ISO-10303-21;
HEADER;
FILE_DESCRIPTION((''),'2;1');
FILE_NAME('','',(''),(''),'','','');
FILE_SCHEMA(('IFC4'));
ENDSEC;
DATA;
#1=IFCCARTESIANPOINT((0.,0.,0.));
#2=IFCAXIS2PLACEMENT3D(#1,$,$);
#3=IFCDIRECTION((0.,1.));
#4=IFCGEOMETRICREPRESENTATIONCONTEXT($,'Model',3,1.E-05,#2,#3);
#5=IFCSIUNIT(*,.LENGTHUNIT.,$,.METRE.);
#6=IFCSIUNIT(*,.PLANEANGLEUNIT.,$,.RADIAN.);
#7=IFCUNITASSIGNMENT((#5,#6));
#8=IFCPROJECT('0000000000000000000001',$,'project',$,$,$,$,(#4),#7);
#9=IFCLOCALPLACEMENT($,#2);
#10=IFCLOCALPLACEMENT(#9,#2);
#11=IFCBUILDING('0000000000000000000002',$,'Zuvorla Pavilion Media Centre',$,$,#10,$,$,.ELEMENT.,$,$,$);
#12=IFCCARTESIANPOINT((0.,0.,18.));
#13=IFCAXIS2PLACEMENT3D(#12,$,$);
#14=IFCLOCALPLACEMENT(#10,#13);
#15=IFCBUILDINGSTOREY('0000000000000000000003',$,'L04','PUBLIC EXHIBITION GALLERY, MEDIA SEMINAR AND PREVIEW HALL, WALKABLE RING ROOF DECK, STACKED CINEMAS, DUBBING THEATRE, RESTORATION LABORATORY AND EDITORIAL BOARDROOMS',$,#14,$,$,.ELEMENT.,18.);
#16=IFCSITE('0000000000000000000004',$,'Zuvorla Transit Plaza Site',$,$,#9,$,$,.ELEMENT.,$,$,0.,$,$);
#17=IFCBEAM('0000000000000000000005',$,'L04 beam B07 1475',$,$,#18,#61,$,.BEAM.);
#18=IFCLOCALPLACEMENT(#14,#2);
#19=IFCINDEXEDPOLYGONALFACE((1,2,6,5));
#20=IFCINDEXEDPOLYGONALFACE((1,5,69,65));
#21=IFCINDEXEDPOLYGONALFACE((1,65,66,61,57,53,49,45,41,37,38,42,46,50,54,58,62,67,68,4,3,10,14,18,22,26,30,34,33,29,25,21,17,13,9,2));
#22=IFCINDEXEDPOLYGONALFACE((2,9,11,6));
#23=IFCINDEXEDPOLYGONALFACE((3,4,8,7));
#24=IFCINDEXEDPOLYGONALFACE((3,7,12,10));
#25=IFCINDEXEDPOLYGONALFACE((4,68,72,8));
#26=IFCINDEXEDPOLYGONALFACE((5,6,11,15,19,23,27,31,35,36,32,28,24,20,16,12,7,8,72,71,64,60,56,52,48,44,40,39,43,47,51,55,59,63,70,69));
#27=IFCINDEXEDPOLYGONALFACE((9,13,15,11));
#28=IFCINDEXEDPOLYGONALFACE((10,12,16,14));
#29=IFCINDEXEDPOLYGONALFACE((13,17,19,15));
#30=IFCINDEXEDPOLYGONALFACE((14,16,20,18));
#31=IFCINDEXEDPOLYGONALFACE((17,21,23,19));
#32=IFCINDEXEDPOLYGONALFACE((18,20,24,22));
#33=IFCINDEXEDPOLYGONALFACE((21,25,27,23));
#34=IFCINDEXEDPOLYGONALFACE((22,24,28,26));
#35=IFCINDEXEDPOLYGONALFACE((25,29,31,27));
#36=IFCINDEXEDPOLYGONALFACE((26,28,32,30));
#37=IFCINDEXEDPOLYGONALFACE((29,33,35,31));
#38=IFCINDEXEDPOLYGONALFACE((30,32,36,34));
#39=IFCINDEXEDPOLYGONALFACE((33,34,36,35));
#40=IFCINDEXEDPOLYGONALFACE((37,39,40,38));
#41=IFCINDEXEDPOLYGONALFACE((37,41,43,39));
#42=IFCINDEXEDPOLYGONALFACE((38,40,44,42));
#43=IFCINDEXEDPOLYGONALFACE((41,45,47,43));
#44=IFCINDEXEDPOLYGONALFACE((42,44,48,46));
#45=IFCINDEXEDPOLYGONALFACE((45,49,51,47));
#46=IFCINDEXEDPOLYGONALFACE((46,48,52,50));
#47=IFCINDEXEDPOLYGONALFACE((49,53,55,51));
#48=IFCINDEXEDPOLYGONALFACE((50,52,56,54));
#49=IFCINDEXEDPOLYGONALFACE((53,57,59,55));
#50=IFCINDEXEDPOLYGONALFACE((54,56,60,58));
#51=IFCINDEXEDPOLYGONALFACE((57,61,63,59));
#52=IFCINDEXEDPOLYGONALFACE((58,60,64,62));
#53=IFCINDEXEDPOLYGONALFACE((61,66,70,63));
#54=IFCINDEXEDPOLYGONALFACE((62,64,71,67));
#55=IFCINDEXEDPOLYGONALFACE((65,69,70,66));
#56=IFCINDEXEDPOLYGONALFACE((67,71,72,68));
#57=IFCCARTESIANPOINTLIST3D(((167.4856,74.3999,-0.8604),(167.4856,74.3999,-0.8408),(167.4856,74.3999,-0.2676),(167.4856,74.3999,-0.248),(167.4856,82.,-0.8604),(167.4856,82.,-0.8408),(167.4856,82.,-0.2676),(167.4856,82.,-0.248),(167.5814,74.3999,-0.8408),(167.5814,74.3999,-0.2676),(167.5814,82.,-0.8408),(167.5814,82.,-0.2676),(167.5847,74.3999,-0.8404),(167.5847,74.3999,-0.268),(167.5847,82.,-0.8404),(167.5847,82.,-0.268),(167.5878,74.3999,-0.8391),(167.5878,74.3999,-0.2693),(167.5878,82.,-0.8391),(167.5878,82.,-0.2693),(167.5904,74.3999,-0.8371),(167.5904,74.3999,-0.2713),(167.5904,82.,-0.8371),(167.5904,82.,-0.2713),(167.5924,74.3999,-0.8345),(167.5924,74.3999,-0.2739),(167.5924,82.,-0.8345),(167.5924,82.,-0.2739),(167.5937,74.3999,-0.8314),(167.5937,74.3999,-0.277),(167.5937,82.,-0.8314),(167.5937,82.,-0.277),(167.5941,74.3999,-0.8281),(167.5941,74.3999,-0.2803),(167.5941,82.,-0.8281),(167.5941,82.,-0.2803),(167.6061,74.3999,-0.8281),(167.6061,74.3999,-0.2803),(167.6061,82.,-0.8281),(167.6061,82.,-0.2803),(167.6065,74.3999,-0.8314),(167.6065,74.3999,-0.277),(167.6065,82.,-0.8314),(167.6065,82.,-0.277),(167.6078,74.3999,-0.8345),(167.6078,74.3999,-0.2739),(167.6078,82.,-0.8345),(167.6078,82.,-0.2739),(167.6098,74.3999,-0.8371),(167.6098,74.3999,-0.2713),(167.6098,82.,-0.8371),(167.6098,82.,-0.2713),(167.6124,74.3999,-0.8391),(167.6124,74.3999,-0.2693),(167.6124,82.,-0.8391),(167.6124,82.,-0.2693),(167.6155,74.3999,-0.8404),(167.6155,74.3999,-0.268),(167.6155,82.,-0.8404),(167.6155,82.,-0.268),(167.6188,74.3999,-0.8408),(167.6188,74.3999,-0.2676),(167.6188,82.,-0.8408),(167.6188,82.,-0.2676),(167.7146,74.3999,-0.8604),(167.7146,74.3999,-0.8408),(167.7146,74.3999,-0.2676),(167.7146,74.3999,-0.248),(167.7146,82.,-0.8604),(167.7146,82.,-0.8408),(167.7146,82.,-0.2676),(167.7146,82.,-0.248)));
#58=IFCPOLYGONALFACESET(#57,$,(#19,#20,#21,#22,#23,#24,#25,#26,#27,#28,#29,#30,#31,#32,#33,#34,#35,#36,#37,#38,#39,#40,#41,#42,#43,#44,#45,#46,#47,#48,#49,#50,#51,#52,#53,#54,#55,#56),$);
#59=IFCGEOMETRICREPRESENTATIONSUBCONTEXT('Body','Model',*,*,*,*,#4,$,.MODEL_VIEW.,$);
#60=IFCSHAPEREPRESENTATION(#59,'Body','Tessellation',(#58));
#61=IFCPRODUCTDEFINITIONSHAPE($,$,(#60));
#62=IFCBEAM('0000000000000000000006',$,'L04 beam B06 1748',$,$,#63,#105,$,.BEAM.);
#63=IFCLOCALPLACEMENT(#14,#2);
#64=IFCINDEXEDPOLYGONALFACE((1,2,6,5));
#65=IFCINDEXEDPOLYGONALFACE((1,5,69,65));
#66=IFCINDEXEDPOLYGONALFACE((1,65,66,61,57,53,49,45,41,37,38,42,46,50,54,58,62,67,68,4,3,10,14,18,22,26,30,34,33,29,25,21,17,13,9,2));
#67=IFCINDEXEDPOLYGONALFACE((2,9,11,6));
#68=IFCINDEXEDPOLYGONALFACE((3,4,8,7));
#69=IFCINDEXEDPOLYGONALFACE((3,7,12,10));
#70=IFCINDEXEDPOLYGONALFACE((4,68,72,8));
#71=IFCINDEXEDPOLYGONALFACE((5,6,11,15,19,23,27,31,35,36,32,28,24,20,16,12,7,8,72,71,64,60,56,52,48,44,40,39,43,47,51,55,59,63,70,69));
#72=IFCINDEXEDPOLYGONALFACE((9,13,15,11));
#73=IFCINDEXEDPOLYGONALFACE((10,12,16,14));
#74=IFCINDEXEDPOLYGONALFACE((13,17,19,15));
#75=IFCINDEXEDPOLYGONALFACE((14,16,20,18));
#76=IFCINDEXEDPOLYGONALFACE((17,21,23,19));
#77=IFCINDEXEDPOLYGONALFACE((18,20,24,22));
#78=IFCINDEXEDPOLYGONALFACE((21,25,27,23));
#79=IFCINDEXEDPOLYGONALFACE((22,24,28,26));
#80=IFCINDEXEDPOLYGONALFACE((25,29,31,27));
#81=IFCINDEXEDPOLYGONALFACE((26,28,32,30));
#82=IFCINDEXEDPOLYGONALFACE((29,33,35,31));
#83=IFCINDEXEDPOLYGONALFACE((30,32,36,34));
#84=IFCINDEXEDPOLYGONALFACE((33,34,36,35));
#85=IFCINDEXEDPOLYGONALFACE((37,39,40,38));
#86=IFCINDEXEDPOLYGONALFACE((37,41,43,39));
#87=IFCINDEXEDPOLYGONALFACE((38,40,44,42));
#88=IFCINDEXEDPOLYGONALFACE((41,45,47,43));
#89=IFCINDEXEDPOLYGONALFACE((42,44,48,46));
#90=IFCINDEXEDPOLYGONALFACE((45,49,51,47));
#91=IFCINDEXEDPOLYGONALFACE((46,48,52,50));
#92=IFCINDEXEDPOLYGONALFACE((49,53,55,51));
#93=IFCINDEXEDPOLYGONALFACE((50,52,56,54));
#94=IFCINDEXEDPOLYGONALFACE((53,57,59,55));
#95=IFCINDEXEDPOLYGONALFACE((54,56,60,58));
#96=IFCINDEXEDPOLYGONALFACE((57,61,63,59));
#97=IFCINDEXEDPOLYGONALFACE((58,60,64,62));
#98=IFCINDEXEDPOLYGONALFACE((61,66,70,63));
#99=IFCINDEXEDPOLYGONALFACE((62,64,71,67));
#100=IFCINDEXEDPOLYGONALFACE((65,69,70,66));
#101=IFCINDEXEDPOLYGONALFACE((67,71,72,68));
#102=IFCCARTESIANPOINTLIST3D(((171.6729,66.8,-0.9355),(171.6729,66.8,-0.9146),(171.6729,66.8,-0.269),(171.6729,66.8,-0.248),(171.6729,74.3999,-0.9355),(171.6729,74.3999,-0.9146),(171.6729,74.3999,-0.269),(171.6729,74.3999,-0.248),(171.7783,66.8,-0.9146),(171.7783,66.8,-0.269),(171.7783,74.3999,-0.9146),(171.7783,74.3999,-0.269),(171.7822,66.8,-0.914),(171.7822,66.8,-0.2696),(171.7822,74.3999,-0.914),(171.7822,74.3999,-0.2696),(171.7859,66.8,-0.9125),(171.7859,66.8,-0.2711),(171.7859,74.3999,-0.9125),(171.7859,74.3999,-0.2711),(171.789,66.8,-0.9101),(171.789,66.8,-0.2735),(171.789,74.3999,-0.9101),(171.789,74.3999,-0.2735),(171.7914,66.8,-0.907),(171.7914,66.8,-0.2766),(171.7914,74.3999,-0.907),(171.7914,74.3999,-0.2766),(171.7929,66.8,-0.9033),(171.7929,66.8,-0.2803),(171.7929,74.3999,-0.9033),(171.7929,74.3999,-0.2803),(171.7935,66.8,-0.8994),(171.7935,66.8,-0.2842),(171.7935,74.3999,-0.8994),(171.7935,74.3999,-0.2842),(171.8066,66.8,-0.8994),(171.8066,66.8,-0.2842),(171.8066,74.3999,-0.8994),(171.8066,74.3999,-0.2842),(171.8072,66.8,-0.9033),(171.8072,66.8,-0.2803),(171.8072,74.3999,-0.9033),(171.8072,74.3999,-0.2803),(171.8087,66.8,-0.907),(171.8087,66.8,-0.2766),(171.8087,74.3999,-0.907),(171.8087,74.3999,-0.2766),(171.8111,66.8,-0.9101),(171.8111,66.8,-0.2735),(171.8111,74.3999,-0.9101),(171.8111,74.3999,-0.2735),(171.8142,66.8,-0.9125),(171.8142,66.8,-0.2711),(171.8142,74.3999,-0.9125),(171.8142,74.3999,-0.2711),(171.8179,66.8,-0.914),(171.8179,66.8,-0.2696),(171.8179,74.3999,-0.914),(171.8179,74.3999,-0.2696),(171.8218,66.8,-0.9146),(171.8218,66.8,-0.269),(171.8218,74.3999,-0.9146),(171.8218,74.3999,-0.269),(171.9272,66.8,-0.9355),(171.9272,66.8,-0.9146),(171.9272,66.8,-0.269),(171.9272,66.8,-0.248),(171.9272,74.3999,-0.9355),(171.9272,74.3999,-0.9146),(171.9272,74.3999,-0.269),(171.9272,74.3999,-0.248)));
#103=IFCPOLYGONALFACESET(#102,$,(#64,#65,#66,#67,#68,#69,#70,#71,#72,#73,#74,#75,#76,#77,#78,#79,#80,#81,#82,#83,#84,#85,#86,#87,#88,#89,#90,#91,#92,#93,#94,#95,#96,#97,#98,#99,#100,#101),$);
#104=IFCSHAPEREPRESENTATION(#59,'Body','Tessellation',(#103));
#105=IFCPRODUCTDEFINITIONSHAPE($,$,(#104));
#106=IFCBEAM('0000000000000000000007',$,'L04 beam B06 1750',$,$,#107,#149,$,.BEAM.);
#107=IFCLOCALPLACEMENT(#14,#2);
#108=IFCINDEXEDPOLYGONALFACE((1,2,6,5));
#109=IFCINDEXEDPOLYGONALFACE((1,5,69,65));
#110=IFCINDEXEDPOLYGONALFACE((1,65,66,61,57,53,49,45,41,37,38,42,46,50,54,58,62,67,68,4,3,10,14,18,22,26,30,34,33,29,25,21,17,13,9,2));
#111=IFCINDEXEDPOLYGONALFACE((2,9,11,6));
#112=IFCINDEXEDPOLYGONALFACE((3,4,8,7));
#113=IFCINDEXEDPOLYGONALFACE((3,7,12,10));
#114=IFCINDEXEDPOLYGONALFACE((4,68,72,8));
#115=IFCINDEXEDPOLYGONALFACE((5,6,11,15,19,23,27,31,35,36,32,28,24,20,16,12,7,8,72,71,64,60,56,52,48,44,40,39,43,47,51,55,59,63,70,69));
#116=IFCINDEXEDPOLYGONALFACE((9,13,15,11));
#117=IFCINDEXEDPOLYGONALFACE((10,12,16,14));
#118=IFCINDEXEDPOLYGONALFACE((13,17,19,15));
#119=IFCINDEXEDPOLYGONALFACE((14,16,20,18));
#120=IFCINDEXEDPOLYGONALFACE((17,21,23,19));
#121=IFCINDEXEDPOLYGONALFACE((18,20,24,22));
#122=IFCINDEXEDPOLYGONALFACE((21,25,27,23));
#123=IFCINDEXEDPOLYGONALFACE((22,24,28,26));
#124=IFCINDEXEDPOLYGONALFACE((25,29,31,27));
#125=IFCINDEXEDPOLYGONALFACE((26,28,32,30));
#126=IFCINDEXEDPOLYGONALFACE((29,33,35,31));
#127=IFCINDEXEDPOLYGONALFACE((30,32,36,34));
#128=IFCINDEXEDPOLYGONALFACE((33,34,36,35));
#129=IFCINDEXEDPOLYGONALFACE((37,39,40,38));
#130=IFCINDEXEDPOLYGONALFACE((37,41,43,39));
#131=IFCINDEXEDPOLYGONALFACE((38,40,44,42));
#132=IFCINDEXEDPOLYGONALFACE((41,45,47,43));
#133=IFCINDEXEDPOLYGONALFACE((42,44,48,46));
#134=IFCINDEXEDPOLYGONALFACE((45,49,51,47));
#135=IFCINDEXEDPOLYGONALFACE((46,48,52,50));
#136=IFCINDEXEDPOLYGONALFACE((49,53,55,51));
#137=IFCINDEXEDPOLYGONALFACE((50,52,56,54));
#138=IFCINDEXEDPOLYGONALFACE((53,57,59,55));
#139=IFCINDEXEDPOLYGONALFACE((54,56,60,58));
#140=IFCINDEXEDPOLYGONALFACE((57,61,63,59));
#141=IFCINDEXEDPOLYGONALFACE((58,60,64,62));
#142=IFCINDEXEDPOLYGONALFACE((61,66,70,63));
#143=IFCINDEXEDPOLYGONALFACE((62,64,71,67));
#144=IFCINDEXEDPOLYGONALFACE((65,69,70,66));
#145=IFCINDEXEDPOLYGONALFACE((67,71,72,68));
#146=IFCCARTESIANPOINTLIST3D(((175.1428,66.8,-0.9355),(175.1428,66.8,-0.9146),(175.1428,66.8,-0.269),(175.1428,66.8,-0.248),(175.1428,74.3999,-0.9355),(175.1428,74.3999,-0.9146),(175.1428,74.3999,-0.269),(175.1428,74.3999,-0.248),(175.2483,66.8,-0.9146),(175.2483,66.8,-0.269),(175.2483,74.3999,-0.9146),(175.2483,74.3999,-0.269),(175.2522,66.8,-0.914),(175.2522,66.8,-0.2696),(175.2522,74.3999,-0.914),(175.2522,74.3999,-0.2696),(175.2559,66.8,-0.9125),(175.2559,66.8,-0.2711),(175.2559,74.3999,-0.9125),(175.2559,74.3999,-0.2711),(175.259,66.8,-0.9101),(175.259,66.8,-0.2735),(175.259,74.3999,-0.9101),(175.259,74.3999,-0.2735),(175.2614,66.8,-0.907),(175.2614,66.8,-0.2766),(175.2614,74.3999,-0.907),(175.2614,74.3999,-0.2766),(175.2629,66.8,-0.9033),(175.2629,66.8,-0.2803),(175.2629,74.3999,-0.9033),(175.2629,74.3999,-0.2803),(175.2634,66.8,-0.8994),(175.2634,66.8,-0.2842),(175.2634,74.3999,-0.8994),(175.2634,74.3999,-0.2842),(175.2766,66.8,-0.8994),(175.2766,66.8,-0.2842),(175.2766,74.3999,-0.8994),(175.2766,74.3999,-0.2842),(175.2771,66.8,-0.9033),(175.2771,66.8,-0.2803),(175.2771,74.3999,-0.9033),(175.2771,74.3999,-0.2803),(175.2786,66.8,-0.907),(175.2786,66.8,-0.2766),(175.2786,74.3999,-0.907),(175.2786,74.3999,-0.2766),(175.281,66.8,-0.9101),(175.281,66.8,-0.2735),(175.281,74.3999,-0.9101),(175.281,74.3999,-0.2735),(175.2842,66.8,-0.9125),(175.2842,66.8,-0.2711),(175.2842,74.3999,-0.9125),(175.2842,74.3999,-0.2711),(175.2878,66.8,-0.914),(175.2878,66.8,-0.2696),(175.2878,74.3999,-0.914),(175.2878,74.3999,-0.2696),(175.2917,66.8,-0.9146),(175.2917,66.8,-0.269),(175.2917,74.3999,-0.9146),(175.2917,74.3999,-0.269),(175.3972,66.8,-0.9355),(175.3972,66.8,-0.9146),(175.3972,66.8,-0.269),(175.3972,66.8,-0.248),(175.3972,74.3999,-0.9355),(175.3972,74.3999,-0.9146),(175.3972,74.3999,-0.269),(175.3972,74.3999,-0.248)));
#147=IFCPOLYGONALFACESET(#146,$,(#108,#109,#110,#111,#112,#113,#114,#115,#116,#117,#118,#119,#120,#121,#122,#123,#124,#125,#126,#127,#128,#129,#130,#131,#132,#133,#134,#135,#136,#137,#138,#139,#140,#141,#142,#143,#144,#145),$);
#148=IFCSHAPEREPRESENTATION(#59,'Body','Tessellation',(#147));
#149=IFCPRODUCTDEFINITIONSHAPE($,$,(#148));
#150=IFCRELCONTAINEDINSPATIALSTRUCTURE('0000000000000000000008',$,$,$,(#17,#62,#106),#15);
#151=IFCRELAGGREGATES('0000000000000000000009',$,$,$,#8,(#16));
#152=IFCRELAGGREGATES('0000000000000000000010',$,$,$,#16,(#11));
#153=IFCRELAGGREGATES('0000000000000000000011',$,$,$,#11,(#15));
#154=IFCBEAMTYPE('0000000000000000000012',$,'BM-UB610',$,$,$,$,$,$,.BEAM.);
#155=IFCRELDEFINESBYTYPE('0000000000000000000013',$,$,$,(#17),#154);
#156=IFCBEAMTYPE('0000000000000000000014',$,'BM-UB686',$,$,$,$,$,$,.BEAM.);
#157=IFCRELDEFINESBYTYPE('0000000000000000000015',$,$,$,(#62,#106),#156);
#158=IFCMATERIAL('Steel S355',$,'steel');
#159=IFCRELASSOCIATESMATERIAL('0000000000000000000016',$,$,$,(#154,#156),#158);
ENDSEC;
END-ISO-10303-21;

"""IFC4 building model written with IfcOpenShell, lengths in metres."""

from ifc_helpers import new_model, si_unit, direction, frame, origin, origin_2d, place, context, subcontext, project, spatial, i_section, extrude, material, material_profile, profile_set, type_object, element, save


model = new_model("IFC4")

# Units and contexts
model_context = context("Model", 3, precision=1e-05, world=origin(), true_north=direction((0.0, 1.0)))
body_context = subcontext(model_context, "Body", "Model", "MODEL_VIEW")
ifc_project = project(units=[si_unit("LENGTHUNIT", "METRE"), si_unit("PLANEANGLEUNIT", "RADIAN")], contexts=[model_context])

# Site, building, storey
site_placement = place(None, origin())
site = spatial("IfcSite", under=ifc_project, at=site_placement, Name="Zuvorla Transit Plaza Site", CompositionType="ELEMENT", RefElevation=0.0)
building_placement = place(site_placement, origin())
building = spatial("IfcBuilding", under=site, at=building_placement, Name="Zuvorla Pavilion Media Centre", CompositionType="ELEMENT")
storey_placement = place(building_placement, frame((0.0, 0.0, 18.0)))
storey = spatial("IfcBuildingStorey", under=building, at=storey_placement, Name="L04", Description="PUBLIC EXHIBITION GALLERY, MEDIA SEMINAR AND PREVIEW HALL, WALKABLE RING ROOF DECK, STACKED CINEMAS, DUBBING THEATRE, RESTORATION LABORATORY AND EDITORIAL BOARDROOMS", CompositionType="ELEMENT", Elevation=18.0)

# Beams
ifc_material = material(Name="Steel S355", Category="steel")
ifc_material_profile_1 = material_profile(ifc_material, i_section(OverallWidth=0.229, OverallDepth=0.6123, WebThickness=0.012, FlangeThickness=0.0195, FilletRadius=0.0127, at=origin_2d()), Name="UB 610x229x125")
ifc_profile_set_1 = profile_set([ifc_material_profile_1], Name="Steel S355")
beam_type_1 = type_object("IfcBeamType", Name="BM-UB610", PredefinedType="BEAM", material=ifc_profile_set_1)
for number, where, z_axis, x_axis, name in (
    (1, (167.6001, 74.3999, -0.5542), (0.0, 1.0, 0.0), (-1.0, 0.0, 0.0), "L04 beam B07 1475"),
):
    element("IfcBeam", number, at=place(storey_placement, frame(where, z_axis=z_axis, x_axis=x_axis)), inside=storey, type_object=beam_type_1, Name=name, PredefinedType="BEAM", context=body_context, shape_type="SweptSolid", body=[
        extrude(i_section(OverallWidth=0.229, OverallDepth=0.6123, WebThickness=0.012, FlangeThickness=0.0195, FilletRadius=0.0127, at=origin_2d()), origin(), (0.0, 0.0, 1.0), 7.6001),
    ])
ifc_material_profile_2 = material_profile(ifc_material, i_section(OverallWidth=0.2544, OverallDepth=0.6875, WebThickness=0.0132, FlangeThickness=0.021, FilletRadius=0.0151, at=origin_2d()), Name="UB 686x254x152")
ifc_profile_set_2 = profile_set([ifc_material_profile_2], Name="Steel S355")
beam_type_2 = type_object("IfcBeamType", Name="BM-UB686", PredefinedType="BEAM", material=ifc_profile_set_2)
for number, where, z_axis, x_axis, name in (
    (2, (171.8, 66.8, -0.5918), (0.0, 1.0, 0.0), (-1.0, 0.0, 0.0), "L04 beam B06 1748"),
    (3, (175.27, 66.8, -0.5918), (0.0, 1.0, 0.0), (-1.0, 0.0, 0.0), "L04 beam B06 1750"),
):
    element("IfcBeam", number, at=place(storey_placement, frame(where, z_axis=z_axis, x_axis=x_axis)), inside=storey, type_object=beam_type_2, Name=name, PredefinedType="BEAM", context=body_context, shape_type="SweptSolid", body=[
        extrude(i_section(OverallWidth=0.2544, OverallDepth=0.6875, WebThickness=0.0132, FlangeThickness=0.021, FilletRadius=0.0151, at=origin_2d()), origin(), (0.0, 0.0, 1.0), 7.5999),
    ])

save(model, "model.ifc")
